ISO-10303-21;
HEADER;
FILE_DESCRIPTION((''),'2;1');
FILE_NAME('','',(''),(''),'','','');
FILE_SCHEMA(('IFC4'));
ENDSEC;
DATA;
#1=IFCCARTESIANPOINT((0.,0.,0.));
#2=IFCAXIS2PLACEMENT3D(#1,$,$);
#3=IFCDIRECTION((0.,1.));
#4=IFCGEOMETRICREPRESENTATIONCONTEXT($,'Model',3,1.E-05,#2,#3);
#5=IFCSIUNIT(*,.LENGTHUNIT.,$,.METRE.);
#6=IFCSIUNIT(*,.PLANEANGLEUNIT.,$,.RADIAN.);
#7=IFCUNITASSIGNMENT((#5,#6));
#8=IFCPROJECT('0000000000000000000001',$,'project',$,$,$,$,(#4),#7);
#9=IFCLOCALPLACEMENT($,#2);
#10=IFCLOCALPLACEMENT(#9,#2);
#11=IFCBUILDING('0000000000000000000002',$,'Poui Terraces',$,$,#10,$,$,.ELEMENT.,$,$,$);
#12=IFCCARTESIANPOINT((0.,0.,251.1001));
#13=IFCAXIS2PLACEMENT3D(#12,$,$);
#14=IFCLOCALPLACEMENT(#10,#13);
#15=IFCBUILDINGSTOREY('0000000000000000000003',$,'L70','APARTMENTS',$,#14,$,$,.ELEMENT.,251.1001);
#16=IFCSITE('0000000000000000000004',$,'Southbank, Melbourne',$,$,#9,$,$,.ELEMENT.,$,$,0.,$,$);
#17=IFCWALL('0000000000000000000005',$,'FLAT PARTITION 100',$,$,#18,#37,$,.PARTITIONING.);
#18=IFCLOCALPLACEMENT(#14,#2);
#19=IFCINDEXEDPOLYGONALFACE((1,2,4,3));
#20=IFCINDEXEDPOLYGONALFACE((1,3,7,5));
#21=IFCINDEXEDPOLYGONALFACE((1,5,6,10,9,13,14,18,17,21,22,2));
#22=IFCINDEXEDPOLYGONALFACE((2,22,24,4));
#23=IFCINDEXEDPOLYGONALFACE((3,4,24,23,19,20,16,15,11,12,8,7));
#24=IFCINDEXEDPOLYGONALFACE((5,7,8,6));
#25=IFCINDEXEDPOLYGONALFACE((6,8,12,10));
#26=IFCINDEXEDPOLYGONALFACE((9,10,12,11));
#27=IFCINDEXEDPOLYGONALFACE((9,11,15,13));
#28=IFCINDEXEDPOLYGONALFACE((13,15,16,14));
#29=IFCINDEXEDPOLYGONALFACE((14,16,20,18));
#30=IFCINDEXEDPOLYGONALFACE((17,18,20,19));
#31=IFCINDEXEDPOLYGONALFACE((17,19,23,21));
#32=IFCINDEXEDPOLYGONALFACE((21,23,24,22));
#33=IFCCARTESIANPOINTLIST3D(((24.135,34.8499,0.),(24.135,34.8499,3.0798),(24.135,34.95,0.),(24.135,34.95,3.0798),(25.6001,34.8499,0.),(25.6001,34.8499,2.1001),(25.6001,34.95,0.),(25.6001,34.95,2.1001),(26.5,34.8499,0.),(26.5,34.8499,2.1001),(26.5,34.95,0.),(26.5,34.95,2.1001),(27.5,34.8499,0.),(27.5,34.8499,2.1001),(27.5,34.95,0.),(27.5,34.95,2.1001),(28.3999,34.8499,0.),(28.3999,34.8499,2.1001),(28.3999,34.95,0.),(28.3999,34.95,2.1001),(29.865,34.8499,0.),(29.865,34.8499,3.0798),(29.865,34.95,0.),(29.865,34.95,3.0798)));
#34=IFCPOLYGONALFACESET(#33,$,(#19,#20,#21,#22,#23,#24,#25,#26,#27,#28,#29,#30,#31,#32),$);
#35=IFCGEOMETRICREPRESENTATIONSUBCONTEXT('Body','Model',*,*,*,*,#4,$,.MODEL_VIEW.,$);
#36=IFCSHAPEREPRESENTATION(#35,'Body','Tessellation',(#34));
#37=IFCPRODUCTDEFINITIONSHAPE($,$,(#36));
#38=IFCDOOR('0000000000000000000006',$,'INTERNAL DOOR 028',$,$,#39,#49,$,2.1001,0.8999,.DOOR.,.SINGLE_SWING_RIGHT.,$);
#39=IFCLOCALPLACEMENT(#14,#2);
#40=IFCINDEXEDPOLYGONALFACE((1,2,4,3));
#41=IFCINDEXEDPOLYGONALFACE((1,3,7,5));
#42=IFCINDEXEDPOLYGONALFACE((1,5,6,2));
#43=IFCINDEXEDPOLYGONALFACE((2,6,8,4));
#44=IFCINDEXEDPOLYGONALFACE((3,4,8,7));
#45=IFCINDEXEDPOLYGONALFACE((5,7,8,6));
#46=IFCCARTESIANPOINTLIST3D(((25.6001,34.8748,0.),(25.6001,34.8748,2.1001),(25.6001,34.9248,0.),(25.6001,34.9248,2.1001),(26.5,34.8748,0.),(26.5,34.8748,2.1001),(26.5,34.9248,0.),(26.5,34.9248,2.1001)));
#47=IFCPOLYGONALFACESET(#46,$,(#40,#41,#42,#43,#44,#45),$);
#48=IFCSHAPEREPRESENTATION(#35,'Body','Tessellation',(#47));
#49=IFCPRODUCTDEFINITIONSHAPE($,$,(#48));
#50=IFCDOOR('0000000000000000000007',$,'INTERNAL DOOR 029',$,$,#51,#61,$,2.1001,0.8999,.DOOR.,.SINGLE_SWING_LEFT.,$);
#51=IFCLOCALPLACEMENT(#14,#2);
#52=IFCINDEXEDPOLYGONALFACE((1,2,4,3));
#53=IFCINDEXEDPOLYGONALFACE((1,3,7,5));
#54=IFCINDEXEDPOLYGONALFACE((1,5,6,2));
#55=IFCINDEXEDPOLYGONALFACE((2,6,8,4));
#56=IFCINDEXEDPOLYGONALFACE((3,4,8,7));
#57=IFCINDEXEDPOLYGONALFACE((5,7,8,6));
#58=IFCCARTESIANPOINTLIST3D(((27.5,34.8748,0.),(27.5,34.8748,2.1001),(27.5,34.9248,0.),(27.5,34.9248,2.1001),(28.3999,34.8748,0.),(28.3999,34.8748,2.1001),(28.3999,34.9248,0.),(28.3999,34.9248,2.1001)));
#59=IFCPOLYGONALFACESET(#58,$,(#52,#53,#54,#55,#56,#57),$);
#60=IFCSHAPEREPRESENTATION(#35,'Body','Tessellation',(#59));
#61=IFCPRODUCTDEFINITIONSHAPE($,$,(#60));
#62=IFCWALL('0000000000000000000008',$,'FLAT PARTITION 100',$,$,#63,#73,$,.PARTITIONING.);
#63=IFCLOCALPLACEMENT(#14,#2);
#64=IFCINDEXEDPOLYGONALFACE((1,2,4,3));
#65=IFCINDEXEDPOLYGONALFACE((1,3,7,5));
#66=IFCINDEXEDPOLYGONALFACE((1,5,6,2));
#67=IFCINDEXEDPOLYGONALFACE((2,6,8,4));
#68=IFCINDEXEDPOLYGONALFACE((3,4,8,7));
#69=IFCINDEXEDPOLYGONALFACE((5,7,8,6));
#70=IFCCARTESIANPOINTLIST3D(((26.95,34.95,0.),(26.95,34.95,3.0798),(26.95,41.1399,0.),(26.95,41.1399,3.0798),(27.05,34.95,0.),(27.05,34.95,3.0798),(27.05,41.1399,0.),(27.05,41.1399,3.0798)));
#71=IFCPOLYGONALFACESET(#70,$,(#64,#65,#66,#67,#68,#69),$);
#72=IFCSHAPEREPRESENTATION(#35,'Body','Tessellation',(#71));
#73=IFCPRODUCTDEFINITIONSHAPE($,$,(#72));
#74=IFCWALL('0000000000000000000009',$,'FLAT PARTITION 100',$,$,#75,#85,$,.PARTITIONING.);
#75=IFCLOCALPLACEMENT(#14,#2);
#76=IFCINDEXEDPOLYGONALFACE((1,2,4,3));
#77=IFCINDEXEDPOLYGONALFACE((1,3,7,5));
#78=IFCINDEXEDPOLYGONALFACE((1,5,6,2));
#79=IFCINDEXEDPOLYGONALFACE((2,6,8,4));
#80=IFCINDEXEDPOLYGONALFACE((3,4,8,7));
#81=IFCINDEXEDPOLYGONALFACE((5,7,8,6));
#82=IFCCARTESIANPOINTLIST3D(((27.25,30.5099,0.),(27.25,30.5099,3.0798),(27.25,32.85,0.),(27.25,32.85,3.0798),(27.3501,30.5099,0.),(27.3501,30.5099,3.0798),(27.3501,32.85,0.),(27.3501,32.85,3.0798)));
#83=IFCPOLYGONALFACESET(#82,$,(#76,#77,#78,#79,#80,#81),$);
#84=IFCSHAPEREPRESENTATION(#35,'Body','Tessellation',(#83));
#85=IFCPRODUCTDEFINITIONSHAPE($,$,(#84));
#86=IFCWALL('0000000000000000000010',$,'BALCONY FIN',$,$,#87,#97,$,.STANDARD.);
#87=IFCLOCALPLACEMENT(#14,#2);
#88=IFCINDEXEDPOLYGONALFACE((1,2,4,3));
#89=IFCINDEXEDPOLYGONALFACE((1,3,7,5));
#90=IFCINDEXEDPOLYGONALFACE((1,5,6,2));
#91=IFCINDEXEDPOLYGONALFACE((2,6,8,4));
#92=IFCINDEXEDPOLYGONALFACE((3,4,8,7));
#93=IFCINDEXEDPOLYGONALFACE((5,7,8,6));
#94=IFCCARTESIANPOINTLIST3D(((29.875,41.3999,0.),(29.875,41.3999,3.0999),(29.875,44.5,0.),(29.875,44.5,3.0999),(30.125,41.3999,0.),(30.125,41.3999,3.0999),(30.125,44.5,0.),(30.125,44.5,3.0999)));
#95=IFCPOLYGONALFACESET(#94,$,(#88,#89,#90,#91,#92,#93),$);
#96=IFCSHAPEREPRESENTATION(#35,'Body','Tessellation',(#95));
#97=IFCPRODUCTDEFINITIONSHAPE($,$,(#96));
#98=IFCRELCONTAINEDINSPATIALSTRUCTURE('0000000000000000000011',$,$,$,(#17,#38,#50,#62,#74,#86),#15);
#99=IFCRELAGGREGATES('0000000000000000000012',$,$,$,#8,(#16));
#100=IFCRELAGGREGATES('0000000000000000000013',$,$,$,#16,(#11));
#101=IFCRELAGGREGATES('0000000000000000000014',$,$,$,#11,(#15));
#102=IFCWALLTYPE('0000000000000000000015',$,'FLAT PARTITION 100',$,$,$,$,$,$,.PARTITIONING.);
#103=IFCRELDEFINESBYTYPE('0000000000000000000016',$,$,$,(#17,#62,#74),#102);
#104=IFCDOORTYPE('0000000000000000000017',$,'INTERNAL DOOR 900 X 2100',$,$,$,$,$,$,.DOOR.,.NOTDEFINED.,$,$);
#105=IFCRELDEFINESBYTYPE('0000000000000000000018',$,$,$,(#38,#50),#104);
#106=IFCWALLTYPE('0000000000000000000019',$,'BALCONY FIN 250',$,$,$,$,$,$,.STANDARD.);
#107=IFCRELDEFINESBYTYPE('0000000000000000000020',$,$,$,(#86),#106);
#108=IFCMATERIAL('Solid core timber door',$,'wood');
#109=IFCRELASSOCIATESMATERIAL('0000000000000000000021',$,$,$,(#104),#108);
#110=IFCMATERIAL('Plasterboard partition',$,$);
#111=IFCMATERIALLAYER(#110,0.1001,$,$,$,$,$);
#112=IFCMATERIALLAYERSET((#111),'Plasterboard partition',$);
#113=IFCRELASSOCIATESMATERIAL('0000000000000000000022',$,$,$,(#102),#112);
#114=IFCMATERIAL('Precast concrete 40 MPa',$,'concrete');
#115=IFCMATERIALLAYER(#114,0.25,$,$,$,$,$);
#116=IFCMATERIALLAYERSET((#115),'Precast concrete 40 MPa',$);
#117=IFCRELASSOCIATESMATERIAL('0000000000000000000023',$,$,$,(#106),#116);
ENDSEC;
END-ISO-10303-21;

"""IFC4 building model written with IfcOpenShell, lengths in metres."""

from ifc_helpers import new_model, si_unit, direction, frame, frame_2d, origin, place, context, subcontext, project, spatial, polyline, rectangle, outline, extrude, source, transform, mapped, material, layer, layer_set, type_object, element, fill, save


model = new_model("IFC4")

# Units and contexts
model_context = context("Model", 3, precision=1e-05, world=origin(), true_north=direction((0.0, 1.0)))
body_context = subcontext(model_context, "Body", "Model", "MODEL_VIEW")
ifc_project = project(units=[si_unit("LENGTHUNIT", "METRE"), si_unit("PLANEANGLEUNIT", "RADIAN")], contexts=[model_context])

# Site, building, storey
site_placement = place(None, origin())
site = spatial("IfcSite", under=ifc_project, at=site_placement, Name="Southbank, Melbourne", CompositionType="ELEMENT", RefElevation=0.0)
building_placement = place(site_placement, origin())
building = spatial("IfcBuilding", under=site, at=building_placement, Name="Poui Terraces", CompositionType="ELEMENT")
storey_placement = place(building_placement, frame((0.0, 0.0, 251.1001)))
storey = spatial("IfcBuildingStorey", under=building, at=storey_placement, Name="L70", Description="APARTMENTS", CompositionType="ELEMENT", Elevation=251.1001)

# Shared definitions
ifc_material_1 = material(Name="Solid core timber door", Category="wood")
door_type_1 = type_object("IfcDoorType", Name="INTERNAL DOOR 900 X 2100", OperationType="NOTDEFINED", PredefinedType="DOOR", material=ifc_material_1)
ifc_material_2 = material(Name="Plasterboard partition")
ifc_layer_1 = layer(ifc_material_2, 0.1001)
ifc_layer_set_1 = layer_set([ifc_layer_1], Name="Plasterboard partition")
wall_type_1 = type_object("IfcWallType", Name="FLAT PARTITION 100", PredefinedType="PARTITIONING", material=ifc_layer_set_1)

# Wall, openings, doors
wall_1_placement = place(storey_placement, frame((24.135, 34.8999, 0.0), z_axis=(0.0, 0.0, 1.0), x_axis=(1.0, 0.0, 0.0)))
wall_1 = element("IfcWall", 1, at=wall_1_placement, inside=storey, type_object=wall_type_1, Name="FLAT PARTITION 100", PredefinedType="PARTITIONING", context=body_context, shape_type="SweptSolid", body=[
    extrude(rectangle(XDim=5.73, YDim=0.1001, at=frame_2d((2.865, 0.0))), origin(), (0.0, 0.0, 1.0), 3.0798),
])
opening_1_placement = place(wall_1_placement, frame((1.4651, 0.0, 0.0)))
opening_1 = element("IfcOpeningElement", 2, at=opening_1_placement, cuts=wall_1, PredefinedType="OPENING", context=body_context, shape_type="SweptSolid", body=[
    extrude(rectangle(XDim=0.8999, YDim=2.1001, at=frame_2d((0.45, 1.05))), frame((0.0, 0.0601, 0.0), z_axis=(0.0, -1.0, 0.0), x_axis=(1.0, 0.0, 0.0)), (0.0, 0.0, 1.0), 0.1201),
])
opening_2_placement = place(wall_1_placement, frame((3.365, 0.0, 0.0)))
opening_2 = element("IfcOpeningElement", 3, at=opening_2_placement, cuts=wall_1, PredefinedType="OPENING", context=body_context, shape_type="SweptSolid", body=[
    extrude(rectangle(XDim=0.8999, YDim=2.1001, at=frame_2d((0.45, 1.05))), frame((0.0, 0.0601, 0.0), z_axis=(0.0, -1.0, 0.0), x_axis=(1.0, 0.0, 0.0)), (0.0, 0.0, 1.0), 0.1201),
])
door_1_placement = place(opening_1_placement, origin())
door_1 = element("IfcDoor", 4, at=door_1_placement, inside=storey, type_object=door_type_1, Name="INTERNAL DOOR 028", OperationType="SINGLE_SWING_RIGHT", OverallHeight=2.1001, OverallWidth=0.8999, PredefinedType="DOOR", context=body_context, shape_type="SweptSolid", body=[
    extrude(rectangle(XDim=0.8999, YDim=2.1001, at=frame_2d((0.45, 1.05))), frame((0.0, 0.0249, 0.0), z_axis=(0.0, -1.0, 0.0), x_axis=(1.0, 0.0, 0.0)), (0.0, 0.0, 1.0), 0.05),
])
fill(opening_1, door_1)
door_2_placement = place(opening_2_placement, origin())
door_2 = element("IfcDoor", 5, at=door_2_placement, inside=storey, type_object=door_type_1, Name="INTERNAL DOOR 029", OperationType="SINGLE_SWING_LEFT", OverallHeight=2.1001, OverallWidth=0.8999, PredefinedType="DOOR", context=body_context, shape_type="SweptSolid", body=[
    extrude(rectangle(XDim=0.8999, YDim=2.1001, at=frame_2d((0.45, 1.05))), frame((0.0, 0.0249, 0.0), z_axis=(0.0, -1.0, 0.0), x_axis=(1.0, 0.0, 0.0)), (0.0, 0.0, 1.0), 0.05),
])
fill(opening_2, door_2)

# Walls
wall_2_placement = place(storey_placement, frame((27.0, 34.95, 0.0), z_axis=(0.0, 0.0, 1.0), x_axis=(0.0, 1.0, 0.0)))
element("IfcWall", 6, at=wall_2_placement, inside=storey, type_object=wall_type_1, Name="FLAT PARTITION 100", PredefinedType="PARTITIONING", context=body_context, shape_type="SweptSolid", body=[
    extrude(rectangle(XDim=6.1899, YDim=0.1001, at=frame_2d((3.095, 0.0))), origin(), (0.0, 0.0, 1.0), 3.0798),
])
wall_3_placement = place(storey_placement, frame((27.3, 30.51, 0.0), z_axis=(0.0, 0.0, 1.0), x_axis=(0.0, 1.0, 0.0)))
element("IfcWall", 7, at=wall_3_placement, inside=storey, type_object=wall_type_1, Name="FLAT PARTITION 100", PredefinedType="PARTITIONING", context=body_context, shape_type="SweptSolid", body=[
    extrude(rectangle(XDim=2.3401, YDim=0.1001, at=frame_2d((1.1699, 0.0))), origin(), (0.0, 0.0, 1.0), 3.0798),
])
ifc_material_3 = material(Name="Precast concrete 40 MPa", Category="concrete")
ifc_layer_2 = layer(ifc_material_3, 0.25)
ifc_layer_set_2 = layer_set([ifc_layer_2], Name="Precast concrete 40 MPa")
wall_type_2 = type_object("IfcWallType", Name="BALCONY FIN 250", PredefinedType="STANDARD", material=ifc_layer_set_2)
shared_shape_1 = source(origin(), body_context, "Body", "SweptSolid", [
    extrude(outline(polyline([(0.0, 0.0), (0.25, 0.0), (0.25, 3.1001), (0.0, 3.1001), (0.0, 0.0)])), origin(), (0.0, 0.0, 1.0), 3.0999),
])
wall_4_placement = place(storey_placement, frame((29.875, 41.3999, 0.0)))
element("IfcWall", 8, at=wall_4_placement, inside=storey, type_object=wall_type_2, Name="BALCONY FIN", PredefinedType="STANDARD", context=body_context, shape_type="MappedRepresentation", body=[
    mapped(shared_shape_1, transform((0.0, 0.0, 0.0))),
])

save(model, "model.ifc")
